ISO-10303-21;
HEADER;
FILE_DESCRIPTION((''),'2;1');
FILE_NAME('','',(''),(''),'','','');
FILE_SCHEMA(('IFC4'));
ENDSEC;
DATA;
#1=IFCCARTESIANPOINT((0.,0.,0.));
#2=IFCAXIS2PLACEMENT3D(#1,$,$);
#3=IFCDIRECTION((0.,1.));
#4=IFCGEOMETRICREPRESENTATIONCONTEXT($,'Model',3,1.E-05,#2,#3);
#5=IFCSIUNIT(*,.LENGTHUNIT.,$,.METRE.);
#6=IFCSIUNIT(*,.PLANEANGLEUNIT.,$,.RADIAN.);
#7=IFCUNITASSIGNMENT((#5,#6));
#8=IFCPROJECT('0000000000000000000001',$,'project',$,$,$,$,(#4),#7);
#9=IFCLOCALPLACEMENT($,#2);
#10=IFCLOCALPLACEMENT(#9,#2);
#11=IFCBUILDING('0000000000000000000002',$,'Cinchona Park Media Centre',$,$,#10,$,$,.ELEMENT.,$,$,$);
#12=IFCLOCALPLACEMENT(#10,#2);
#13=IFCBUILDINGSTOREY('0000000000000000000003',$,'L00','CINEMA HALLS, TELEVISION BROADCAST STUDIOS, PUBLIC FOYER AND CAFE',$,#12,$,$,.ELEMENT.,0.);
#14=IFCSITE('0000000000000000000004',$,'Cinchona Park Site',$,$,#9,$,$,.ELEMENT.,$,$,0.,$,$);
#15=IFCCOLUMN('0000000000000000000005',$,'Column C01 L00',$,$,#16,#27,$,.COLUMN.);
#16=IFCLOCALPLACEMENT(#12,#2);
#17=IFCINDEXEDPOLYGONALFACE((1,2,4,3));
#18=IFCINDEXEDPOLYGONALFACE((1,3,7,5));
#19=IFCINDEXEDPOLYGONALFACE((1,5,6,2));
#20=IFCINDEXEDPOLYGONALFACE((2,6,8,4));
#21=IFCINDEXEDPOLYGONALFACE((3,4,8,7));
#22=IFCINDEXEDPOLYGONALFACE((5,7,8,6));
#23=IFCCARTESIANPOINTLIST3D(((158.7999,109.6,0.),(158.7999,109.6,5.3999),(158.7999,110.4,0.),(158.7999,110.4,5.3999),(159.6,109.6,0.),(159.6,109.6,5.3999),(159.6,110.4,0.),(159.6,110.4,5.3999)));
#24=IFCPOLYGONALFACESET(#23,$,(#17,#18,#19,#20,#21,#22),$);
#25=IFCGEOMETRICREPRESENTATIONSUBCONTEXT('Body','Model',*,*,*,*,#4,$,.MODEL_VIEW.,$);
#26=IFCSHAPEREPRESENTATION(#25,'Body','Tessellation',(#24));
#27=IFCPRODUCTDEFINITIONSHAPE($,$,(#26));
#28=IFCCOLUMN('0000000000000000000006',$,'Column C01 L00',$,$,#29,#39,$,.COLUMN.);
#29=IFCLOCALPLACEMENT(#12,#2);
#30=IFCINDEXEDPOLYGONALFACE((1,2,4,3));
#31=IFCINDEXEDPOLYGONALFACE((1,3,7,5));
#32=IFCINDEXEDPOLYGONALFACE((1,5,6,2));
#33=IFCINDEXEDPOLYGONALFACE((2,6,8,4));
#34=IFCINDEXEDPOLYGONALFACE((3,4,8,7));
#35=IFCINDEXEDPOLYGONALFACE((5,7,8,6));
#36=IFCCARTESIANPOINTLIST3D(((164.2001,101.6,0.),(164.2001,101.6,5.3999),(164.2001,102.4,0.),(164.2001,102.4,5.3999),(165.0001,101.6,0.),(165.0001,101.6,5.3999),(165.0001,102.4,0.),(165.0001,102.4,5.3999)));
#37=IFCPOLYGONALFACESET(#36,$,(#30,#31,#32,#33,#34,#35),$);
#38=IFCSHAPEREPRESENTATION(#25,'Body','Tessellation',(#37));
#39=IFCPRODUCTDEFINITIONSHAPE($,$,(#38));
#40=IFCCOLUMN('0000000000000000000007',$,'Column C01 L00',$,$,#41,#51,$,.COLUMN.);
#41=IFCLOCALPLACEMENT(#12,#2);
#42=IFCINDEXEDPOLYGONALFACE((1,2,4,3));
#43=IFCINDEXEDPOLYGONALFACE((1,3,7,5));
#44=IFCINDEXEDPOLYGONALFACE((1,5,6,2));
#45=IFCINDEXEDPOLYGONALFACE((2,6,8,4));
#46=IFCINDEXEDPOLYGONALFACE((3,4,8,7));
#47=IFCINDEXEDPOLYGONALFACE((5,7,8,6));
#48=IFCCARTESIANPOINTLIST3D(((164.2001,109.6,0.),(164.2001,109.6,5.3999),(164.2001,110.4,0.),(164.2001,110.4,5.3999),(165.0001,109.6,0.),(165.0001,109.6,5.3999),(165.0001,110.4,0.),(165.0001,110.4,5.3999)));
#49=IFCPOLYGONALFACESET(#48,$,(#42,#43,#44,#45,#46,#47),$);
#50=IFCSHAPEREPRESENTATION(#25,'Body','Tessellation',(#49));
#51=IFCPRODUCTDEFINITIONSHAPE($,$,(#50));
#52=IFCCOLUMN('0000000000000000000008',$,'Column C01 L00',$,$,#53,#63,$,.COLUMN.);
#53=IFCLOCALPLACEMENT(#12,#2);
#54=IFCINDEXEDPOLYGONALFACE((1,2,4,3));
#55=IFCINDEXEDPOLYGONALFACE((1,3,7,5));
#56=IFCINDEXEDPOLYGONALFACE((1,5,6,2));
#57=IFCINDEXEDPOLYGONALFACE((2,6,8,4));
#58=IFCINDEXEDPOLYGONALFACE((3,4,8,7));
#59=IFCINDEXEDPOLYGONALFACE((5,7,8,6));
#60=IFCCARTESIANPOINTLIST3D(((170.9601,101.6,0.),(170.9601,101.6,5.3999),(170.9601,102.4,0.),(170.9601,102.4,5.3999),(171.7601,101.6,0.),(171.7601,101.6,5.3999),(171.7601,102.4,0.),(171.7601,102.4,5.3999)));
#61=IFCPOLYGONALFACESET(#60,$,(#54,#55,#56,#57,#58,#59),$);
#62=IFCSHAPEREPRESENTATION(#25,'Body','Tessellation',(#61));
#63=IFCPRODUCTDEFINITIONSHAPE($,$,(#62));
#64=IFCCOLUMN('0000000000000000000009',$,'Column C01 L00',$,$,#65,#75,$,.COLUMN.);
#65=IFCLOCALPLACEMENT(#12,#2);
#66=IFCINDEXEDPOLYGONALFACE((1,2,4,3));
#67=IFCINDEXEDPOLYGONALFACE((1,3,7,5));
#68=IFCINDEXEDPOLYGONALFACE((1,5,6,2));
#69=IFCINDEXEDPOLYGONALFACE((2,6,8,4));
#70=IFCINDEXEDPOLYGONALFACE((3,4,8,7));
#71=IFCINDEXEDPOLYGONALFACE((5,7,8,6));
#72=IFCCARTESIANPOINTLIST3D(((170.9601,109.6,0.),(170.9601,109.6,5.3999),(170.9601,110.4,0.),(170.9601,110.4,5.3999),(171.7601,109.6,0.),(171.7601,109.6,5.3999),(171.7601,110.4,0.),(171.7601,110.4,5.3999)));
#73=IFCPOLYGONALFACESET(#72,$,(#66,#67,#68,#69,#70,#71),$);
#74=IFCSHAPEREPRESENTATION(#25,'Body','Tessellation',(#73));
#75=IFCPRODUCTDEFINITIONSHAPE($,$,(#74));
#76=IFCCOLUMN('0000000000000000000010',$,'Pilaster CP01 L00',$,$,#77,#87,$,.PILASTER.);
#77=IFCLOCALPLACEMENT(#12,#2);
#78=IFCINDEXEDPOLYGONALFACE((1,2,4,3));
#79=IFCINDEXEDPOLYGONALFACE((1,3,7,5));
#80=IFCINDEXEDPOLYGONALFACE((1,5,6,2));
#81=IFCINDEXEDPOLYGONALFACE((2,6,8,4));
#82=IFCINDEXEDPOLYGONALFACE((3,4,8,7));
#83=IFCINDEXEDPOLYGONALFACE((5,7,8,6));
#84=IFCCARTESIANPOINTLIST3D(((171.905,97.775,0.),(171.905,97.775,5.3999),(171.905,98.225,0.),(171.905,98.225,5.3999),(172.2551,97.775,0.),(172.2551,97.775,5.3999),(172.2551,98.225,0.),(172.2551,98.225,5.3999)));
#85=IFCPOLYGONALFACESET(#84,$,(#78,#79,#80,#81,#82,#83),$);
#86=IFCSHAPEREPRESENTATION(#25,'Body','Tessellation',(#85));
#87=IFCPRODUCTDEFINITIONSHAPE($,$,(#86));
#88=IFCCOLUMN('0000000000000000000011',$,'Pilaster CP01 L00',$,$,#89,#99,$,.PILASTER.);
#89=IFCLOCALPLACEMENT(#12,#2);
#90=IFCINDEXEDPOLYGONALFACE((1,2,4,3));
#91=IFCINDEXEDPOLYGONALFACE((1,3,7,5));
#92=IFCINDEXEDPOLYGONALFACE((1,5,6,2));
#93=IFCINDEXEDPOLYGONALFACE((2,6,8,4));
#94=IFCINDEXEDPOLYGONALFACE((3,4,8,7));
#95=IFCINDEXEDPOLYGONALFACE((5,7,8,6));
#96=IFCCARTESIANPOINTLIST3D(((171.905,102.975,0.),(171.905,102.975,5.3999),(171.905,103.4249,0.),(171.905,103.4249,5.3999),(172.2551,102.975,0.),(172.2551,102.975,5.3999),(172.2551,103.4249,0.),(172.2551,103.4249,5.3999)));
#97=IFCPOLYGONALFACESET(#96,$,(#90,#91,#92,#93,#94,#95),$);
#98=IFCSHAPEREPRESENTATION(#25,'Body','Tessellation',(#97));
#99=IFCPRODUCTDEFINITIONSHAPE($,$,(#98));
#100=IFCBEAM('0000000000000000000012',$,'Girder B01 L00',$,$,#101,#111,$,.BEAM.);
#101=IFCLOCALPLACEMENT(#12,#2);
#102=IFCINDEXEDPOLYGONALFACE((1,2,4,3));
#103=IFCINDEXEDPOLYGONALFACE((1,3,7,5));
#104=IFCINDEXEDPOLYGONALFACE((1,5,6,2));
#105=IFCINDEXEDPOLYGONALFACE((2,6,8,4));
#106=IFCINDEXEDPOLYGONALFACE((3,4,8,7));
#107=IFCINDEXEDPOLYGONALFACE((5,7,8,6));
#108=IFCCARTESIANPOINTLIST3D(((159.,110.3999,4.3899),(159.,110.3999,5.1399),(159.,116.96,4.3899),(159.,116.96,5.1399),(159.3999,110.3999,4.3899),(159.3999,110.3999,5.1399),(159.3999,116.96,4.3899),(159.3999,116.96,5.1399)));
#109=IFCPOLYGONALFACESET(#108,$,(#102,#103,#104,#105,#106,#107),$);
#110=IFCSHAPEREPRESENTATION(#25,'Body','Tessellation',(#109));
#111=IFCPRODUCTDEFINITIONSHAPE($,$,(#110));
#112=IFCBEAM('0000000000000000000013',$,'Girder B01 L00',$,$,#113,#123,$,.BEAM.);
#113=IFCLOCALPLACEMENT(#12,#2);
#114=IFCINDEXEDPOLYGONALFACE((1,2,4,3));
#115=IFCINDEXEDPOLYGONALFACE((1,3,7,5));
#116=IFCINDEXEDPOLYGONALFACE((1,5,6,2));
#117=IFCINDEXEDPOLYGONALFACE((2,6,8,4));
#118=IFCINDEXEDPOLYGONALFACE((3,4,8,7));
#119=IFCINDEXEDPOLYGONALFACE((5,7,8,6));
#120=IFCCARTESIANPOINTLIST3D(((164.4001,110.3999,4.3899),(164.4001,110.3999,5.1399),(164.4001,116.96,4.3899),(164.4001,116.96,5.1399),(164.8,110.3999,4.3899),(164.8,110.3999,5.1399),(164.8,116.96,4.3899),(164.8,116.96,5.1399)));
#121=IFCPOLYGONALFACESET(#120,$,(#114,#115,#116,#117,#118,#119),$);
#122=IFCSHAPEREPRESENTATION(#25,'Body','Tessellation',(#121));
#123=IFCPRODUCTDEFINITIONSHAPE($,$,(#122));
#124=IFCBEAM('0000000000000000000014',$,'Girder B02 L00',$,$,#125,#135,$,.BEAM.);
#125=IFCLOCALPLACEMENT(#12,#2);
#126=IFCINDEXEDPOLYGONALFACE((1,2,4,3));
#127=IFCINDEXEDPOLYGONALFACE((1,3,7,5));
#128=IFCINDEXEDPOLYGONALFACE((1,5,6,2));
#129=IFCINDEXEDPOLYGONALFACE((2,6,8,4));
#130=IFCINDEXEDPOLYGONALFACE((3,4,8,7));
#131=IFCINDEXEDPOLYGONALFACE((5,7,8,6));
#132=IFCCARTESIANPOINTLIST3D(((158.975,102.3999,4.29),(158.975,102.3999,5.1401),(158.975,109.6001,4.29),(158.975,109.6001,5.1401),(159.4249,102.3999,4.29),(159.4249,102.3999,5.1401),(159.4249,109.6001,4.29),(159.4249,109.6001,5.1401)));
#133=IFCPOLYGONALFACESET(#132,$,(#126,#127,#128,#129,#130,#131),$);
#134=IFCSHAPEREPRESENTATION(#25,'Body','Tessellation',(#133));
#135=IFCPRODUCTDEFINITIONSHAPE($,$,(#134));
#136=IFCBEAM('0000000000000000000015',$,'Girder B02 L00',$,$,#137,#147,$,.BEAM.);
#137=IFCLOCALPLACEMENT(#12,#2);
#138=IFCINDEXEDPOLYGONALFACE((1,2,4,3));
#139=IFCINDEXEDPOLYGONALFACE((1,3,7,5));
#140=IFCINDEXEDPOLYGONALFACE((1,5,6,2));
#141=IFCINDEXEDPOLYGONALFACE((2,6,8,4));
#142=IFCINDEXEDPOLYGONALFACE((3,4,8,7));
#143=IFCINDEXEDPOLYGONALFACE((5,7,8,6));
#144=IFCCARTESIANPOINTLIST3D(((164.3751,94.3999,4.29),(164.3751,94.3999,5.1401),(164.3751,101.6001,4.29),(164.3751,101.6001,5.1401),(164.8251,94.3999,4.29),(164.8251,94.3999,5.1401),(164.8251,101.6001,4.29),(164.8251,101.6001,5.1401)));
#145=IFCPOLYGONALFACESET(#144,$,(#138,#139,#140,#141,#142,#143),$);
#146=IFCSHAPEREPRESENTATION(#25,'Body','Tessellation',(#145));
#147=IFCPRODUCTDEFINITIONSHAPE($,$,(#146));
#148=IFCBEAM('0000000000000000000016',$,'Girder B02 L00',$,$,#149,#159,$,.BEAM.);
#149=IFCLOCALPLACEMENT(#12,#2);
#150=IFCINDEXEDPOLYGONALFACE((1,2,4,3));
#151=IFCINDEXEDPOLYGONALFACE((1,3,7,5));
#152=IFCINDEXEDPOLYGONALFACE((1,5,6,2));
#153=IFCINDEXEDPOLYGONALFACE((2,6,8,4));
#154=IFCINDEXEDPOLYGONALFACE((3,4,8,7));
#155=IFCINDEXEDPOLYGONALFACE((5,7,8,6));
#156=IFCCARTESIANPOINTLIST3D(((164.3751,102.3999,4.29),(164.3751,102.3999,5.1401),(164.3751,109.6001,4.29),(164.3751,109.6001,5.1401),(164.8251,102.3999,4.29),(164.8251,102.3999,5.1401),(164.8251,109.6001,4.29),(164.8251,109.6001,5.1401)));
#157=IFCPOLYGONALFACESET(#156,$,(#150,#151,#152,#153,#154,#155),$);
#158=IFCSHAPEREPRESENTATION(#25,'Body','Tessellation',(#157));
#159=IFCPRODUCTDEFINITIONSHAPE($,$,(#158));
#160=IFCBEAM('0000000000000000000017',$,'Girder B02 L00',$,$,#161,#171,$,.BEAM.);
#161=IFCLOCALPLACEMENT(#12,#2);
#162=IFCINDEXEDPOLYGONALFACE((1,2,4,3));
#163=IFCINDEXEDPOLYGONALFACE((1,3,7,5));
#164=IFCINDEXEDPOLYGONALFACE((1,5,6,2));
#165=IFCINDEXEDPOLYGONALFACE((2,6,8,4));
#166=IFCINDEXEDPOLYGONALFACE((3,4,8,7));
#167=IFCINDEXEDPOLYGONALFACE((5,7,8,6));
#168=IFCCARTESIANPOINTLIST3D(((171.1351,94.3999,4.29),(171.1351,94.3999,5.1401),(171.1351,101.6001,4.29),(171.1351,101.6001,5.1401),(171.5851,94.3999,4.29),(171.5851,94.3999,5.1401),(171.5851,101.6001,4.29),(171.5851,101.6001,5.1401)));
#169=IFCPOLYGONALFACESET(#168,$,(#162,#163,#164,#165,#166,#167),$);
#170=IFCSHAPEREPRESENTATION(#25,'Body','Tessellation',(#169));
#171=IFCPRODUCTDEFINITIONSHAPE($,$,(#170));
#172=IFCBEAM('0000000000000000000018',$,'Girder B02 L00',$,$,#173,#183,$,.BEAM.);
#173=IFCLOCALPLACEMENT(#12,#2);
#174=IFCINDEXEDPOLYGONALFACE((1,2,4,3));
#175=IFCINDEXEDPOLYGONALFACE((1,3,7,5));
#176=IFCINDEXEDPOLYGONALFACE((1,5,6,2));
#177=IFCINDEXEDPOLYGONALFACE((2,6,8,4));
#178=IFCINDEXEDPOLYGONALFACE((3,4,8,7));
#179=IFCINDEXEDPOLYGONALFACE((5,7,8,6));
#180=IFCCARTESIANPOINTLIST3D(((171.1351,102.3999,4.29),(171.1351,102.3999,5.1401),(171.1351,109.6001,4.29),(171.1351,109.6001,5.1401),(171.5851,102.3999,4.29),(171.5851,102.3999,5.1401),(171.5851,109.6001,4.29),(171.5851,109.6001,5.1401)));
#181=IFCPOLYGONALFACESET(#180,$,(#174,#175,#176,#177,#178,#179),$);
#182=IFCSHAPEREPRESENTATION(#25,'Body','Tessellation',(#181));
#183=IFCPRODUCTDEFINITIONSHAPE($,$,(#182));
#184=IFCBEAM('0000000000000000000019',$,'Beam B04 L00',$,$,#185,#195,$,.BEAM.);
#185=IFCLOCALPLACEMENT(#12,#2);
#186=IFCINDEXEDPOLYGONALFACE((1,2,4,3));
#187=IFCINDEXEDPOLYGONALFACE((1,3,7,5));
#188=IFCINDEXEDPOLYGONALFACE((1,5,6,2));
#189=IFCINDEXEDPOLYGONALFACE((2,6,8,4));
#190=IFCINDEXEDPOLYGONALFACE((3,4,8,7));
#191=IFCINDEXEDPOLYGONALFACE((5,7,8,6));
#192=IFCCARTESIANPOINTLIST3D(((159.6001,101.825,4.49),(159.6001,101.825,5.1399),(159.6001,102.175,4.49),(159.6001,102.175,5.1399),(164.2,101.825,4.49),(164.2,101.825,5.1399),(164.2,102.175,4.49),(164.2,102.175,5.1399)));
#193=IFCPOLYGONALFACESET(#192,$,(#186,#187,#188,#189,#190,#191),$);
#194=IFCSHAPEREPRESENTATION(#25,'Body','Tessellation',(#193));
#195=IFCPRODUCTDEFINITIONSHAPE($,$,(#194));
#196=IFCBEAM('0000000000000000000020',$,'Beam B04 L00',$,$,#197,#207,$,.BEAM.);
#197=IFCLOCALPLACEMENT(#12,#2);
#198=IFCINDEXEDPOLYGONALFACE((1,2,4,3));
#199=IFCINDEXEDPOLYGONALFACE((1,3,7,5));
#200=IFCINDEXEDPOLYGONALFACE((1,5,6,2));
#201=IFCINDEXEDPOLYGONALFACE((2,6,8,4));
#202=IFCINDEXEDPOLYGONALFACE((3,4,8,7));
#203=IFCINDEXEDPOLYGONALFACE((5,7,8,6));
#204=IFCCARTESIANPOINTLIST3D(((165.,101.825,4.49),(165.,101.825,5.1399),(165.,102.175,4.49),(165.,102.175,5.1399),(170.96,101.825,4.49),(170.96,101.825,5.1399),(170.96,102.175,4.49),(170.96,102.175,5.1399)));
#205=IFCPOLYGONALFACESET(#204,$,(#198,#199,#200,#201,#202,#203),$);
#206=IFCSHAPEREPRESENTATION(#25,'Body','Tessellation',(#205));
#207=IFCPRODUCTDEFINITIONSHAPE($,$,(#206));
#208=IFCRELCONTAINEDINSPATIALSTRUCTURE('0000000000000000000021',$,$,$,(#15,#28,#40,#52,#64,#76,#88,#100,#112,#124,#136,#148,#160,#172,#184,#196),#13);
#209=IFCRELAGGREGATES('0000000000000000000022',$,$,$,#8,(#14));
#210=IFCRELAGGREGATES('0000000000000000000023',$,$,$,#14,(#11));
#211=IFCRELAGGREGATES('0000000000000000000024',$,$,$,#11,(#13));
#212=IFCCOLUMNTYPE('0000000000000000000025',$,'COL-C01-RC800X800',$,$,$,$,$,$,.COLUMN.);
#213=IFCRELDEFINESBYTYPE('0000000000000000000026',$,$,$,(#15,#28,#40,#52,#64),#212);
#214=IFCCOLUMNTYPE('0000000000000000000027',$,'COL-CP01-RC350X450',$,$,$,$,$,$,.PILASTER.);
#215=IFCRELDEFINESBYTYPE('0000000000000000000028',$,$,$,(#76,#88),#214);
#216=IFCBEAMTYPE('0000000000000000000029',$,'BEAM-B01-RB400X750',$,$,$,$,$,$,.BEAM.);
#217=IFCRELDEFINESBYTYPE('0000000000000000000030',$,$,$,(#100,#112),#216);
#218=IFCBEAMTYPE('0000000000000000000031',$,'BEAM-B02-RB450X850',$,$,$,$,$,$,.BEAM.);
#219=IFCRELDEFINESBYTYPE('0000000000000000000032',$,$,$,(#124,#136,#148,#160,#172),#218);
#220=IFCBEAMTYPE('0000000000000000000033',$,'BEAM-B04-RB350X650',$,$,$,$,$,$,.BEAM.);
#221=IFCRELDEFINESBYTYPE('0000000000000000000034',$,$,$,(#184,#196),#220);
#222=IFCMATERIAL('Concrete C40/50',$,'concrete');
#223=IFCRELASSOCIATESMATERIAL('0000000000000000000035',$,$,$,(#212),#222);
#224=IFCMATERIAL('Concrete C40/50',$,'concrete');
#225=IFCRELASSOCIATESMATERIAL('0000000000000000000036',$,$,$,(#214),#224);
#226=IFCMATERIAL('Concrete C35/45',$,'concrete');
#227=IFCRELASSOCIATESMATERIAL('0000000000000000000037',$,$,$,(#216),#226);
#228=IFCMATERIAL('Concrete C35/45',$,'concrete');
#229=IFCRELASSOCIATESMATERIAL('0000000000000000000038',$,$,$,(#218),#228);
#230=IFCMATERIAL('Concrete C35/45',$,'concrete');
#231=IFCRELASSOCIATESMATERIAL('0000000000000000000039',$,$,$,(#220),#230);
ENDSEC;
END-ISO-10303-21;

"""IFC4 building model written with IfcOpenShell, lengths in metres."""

from ifc_helpers import new_model, si_unit, direction, frame, origin, origin_2d, place, context, subcontext, project, spatial, rectangle, extrude, material, material_profile, profile_set, type_object, element, save


model = new_model("IFC4")

# Units and contexts
model_context = context("Model", 3, precision=1e-05, world=origin(), true_north=direction((0.0, 1.0)))
body_context = subcontext(model_context, "Body", "Model", "MODEL_VIEW")
ifc_project = project(units=[si_unit("LENGTHUNIT", "METRE"), si_unit("PLANEANGLEUNIT", "RADIAN")], contexts=[model_context])

# Site, building, storey
site_placement = place(None, origin())
site = spatial("IfcSite", under=ifc_project, at=site_placement, Name="Cinchona Park Site", CompositionType="ELEMENT", RefElevation=0.0)
building_placement = place(site_placement, origin())
building = spatial("IfcBuilding", under=site, at=building_placement, Name="Cinchona Park Media Centre", CompositionType="ELEMENT")
storey_placement = place(building_placement, origin())
storey = spatial("IfcBuildingStorey", under=building, at=storey_placement, Name="L00", Description="CINEMA HALLS, TELEVISION BROADCAST STUDIOS, PUBLIC FOYER AND CAFE", CompositionType="ELEMENT", Elevation=0.0)

# Columns
ifc_material_1 = material(Name="Concrete C40/50", Category="concrete")
ifc_material_profile_1 = material_profile(ifc_material_1, rectangle(XDim=0.8, YDim=0.8, at=origin_2d()), Name="RC 800X800")
ifc_profile_set_1 = profile_set([ifc_material_profile_1], Name="Concrete C40/50")
column_type_1 = type_object("IfcColumnType", Name="COL-C01-RC800X800", PredefinedType="COLUMN", material=ifc_profile_set_1)
for number, where, z_axis, x_axis, name in (
    (1, (159.2, 110.0, 0.0), (0.0, 0.0, 1.0), (1.0, 0.0, 0.0), "Column C01 L00"),
    (2, (164.6001, 102.0, 0.0), (0.0, 0.0, 1.0), (1.0, 0.0, 0.0), "Column C01 L00"),
    (3, (164.6001, 110.0, 0.0), (0.0, 0.0, 1.0), (1.0, 0.0, 0.0), "Column C01 L00"),
    (4, (171.3601, 102.0, 0.0), (0.0, 0.0, 1.0), (1.0, 0.0, 0.0), "Column C01 L00"),
    (5, (171.3601, 110.0, 0.0), (0.0, 0.0, 1.0), (1.0, 0.0, 0.0), "Column C01 L00"),
):
    element("IfcColumn", number, at=place(storey_placement, frame(where, z_axis=z_axis, x_axis=x_axis)), inside=storey, type_object=column_type_1, Name=name, PredefinedType="COLUMN", context=body_context, shape_type="SweptSolid", body=[
        extrude(rectangle(XDim=0.8, YDim=0.8, at=origin_2d()), origin(), (0.0, 0.0, 1.0), 5.3999),
    ])
ifc_material_2 = material(Name="Concrete C40/50", Category="concrete")
ifc_material_profile_2 = material_profile(ifc_material_2, rectangle(XDim=0.3501, YDim=0.45, at=origin_2d()), Name="RC 350X450")
ifc_profile_set_2 = profile_set([ifc_material_profile_2], Name="Concrete C40/50")
column_type_2 = type_object("IfcColumnType", Name="COL-CP01-RC350X450", PredefinedType="PILASTER", material=ifc_profile_set_2)
for number, where, z_axis, x_axis, name in (
    (6, (172.0801, 98.0, 0.0), (0.0, 0.0, 1.0), (1.0, 0.0, 0.0), "Pilaster CP01 L00"),
    (7, (172.0801, 103.2, 0.0), (0.0, 0.0, 1.0), (1.0, 0.0, 0.0), "Pilaster CP01 L00"),
):
    element("IfcColumn", number, at=place(storey_placement, frame(where, z_axis=z_axis, x_axis=x_axis)), inside=storey, type_object=column_type_2, Name=name, PredefinedType="PILASTER", context=body_context, shape_type="SweptSolid", body=[
        extrude(rectangle(XDim=0.3501, YDim=0.45, at=origin_2d()), origin(), (0.0, 0.0, 1.0), 5.3999),
    ])

# Beams
ifc_material_3 = material(Name="Concrete C35/45", Category="concrete")
ifc_material_profile_3 = material_profile(ifc_material_3, rectangle(XDim=0.3999, YDim=0.75, at=origin_2d()), Name="RB 400X750")
ifc_profile_set_3 = profile_set([ifc_material_profile_3], Name="Concrete C35/45")
beam_type_1 = type_object("IfcBeamType", Name="BEAM-B01-RB400X750", PredefinedType="BEAM", material=ifc_profile_set_3)
for number, where, z_axis, x_axis, name in (
    (8, (159.2, 110.3999, 4.7649), (0.0, 1.0, 0.0), (-1.0, 0.0, 0.0), "Girder B01 L00"),
    (9, (164.6001, 110.3999, 4.7649), (0.0, 1.0, 0.0), (-1.0, 0.0, 0.0), "Girder B01 L00"),
):
    element("IfcBeam", number, at=place(storey_placement, frame(where, z_axis=z_axis, x_axis=x_axis)), inside=storey, type_object=beam_type_1, Name=name, PredefinedType="BEAM", context=body_context, shape_type="SweptSolid", body=[
        extrude(rectangle(XDim=0.3999, YDim=0.75, at=origin_2d()), origin(), (0.0, 0.0, 1.0), 6.5601),
    ])
ifc_material_4 = material(Name="Concrete C35/45", Category="concrete")
ifc_material_profile_4 = material_profile(ifc_material_4, rectangle(XDim=0.45, YDim=0.8501, at=origin_2d()), Name="RB 450X850")
ifc_profile_set_4 = profile_set([ifc_material_profile_4], Name="Concrete C35/45")
beam_type_2 = type_object("IfcBeamType", Name="BEAM-B02-RB450X850", PredefinedType="BEAM", material=ifc_profile_set_4)
for number, where, z_axis, x_axis, name in (
    (10, (159.2, 102.3999, 4.7151), (0.0, 1.0, 0.0), (-1.0, 0.0, 0.0), "Girder B02 L00"),
    (11, (164.6001, 94.3999, 4.7151), (0.0, 1.0, 0.0), (-1.0, 0.0, 0.0), "Girder B02 L00"),
    (12, (164.6001, 102.3999, 4.7151), (0.0, 1.0, 0.0), (-1.0, 0.0, 0.0), "Girder B02 L00"),
    (13, (171.3601, 94.3999, 4.7151), (0.0, 1.0, 0.0), (-1.0, 0.0, 0.0), "Girder B02 L00"),
    (14, (171.3601, 102.3999, 4.7151), (0.0, 1.0, 0.0), (-1.0, 0.0, 0.0), "Girder B02 L00"),
):
    element("IfcBeam", number, at=place(storey_placement, frame(where, z_axis=z_axis, x_axis=x_axis)), inside=storey, type_object=beam_type_2, Name=name, PredefinedType="BEAM", context=body_context, shape_type="SweptSolid", body=[
        extrude(rectangle(XDim=0.45, YDim=0.8501, at=origin_2d()), origin(), (0.0, 0.0, 1.0), 7.2002),
    ])
ifc_material_5 = material(Name="Concrete C35/45", Category="concrete")
ifc_material_profile_5 = material_profile(ifc_material_5, rectangle(XDim=0.3501, YDim=0.6499, at=origin_2d()), Name="RB 350X650")
ifc_profile_set_5 = profile_set([ifc_material_profile_5], Name="Concrete C35/45")
beam_type_3 = type_object("IfcBeamType", Name="BEAM-B04-RB350X650", PredefinedType="BEAM", material=ifc_profile_set_5)
beam_1_placement = place(storey_placement, frame((159.6001, 102.0, 4.8149), z_axis=(1.0, 0.0, 0.0), x_axis=(0.0, 1.0, 0.0)))
element("IfcBeam", 15, at=beam_1_placement, inside=storey, type_object=beam_type_3, Name="Beam B04 L00", PredefinedType="BEAM", context=body_context, shape_type="SweptSolid", body=[
    extrude(rectangle(XDim=0.3501, YDim=0.6499, at=origin_2d()), origin(), (0.0, 0.0, 1.0), 4.5999),
])
beam_2_placement = place(storey_placement, frame((165.0, 102.0, 4.8149), z_axis=(1.0, 0.0, 0.0), x_axis=(0.0, 1.0, 0.0)))
element("IfcBeam", 16, at=beam_2_placement, inside=storey, type_object=beam_type_3, Name="Beam B04 L00", PredefinedType="BEAM", context=body_context, shape_type="SweptSolid", body=[
    extrude(rectangle(XDim=0.3501, YDim=0.6499, at=origin_2d()), origin(), (0.0, 0.0, 1.0), 5.96),
])

save(model, "model.ifc")
